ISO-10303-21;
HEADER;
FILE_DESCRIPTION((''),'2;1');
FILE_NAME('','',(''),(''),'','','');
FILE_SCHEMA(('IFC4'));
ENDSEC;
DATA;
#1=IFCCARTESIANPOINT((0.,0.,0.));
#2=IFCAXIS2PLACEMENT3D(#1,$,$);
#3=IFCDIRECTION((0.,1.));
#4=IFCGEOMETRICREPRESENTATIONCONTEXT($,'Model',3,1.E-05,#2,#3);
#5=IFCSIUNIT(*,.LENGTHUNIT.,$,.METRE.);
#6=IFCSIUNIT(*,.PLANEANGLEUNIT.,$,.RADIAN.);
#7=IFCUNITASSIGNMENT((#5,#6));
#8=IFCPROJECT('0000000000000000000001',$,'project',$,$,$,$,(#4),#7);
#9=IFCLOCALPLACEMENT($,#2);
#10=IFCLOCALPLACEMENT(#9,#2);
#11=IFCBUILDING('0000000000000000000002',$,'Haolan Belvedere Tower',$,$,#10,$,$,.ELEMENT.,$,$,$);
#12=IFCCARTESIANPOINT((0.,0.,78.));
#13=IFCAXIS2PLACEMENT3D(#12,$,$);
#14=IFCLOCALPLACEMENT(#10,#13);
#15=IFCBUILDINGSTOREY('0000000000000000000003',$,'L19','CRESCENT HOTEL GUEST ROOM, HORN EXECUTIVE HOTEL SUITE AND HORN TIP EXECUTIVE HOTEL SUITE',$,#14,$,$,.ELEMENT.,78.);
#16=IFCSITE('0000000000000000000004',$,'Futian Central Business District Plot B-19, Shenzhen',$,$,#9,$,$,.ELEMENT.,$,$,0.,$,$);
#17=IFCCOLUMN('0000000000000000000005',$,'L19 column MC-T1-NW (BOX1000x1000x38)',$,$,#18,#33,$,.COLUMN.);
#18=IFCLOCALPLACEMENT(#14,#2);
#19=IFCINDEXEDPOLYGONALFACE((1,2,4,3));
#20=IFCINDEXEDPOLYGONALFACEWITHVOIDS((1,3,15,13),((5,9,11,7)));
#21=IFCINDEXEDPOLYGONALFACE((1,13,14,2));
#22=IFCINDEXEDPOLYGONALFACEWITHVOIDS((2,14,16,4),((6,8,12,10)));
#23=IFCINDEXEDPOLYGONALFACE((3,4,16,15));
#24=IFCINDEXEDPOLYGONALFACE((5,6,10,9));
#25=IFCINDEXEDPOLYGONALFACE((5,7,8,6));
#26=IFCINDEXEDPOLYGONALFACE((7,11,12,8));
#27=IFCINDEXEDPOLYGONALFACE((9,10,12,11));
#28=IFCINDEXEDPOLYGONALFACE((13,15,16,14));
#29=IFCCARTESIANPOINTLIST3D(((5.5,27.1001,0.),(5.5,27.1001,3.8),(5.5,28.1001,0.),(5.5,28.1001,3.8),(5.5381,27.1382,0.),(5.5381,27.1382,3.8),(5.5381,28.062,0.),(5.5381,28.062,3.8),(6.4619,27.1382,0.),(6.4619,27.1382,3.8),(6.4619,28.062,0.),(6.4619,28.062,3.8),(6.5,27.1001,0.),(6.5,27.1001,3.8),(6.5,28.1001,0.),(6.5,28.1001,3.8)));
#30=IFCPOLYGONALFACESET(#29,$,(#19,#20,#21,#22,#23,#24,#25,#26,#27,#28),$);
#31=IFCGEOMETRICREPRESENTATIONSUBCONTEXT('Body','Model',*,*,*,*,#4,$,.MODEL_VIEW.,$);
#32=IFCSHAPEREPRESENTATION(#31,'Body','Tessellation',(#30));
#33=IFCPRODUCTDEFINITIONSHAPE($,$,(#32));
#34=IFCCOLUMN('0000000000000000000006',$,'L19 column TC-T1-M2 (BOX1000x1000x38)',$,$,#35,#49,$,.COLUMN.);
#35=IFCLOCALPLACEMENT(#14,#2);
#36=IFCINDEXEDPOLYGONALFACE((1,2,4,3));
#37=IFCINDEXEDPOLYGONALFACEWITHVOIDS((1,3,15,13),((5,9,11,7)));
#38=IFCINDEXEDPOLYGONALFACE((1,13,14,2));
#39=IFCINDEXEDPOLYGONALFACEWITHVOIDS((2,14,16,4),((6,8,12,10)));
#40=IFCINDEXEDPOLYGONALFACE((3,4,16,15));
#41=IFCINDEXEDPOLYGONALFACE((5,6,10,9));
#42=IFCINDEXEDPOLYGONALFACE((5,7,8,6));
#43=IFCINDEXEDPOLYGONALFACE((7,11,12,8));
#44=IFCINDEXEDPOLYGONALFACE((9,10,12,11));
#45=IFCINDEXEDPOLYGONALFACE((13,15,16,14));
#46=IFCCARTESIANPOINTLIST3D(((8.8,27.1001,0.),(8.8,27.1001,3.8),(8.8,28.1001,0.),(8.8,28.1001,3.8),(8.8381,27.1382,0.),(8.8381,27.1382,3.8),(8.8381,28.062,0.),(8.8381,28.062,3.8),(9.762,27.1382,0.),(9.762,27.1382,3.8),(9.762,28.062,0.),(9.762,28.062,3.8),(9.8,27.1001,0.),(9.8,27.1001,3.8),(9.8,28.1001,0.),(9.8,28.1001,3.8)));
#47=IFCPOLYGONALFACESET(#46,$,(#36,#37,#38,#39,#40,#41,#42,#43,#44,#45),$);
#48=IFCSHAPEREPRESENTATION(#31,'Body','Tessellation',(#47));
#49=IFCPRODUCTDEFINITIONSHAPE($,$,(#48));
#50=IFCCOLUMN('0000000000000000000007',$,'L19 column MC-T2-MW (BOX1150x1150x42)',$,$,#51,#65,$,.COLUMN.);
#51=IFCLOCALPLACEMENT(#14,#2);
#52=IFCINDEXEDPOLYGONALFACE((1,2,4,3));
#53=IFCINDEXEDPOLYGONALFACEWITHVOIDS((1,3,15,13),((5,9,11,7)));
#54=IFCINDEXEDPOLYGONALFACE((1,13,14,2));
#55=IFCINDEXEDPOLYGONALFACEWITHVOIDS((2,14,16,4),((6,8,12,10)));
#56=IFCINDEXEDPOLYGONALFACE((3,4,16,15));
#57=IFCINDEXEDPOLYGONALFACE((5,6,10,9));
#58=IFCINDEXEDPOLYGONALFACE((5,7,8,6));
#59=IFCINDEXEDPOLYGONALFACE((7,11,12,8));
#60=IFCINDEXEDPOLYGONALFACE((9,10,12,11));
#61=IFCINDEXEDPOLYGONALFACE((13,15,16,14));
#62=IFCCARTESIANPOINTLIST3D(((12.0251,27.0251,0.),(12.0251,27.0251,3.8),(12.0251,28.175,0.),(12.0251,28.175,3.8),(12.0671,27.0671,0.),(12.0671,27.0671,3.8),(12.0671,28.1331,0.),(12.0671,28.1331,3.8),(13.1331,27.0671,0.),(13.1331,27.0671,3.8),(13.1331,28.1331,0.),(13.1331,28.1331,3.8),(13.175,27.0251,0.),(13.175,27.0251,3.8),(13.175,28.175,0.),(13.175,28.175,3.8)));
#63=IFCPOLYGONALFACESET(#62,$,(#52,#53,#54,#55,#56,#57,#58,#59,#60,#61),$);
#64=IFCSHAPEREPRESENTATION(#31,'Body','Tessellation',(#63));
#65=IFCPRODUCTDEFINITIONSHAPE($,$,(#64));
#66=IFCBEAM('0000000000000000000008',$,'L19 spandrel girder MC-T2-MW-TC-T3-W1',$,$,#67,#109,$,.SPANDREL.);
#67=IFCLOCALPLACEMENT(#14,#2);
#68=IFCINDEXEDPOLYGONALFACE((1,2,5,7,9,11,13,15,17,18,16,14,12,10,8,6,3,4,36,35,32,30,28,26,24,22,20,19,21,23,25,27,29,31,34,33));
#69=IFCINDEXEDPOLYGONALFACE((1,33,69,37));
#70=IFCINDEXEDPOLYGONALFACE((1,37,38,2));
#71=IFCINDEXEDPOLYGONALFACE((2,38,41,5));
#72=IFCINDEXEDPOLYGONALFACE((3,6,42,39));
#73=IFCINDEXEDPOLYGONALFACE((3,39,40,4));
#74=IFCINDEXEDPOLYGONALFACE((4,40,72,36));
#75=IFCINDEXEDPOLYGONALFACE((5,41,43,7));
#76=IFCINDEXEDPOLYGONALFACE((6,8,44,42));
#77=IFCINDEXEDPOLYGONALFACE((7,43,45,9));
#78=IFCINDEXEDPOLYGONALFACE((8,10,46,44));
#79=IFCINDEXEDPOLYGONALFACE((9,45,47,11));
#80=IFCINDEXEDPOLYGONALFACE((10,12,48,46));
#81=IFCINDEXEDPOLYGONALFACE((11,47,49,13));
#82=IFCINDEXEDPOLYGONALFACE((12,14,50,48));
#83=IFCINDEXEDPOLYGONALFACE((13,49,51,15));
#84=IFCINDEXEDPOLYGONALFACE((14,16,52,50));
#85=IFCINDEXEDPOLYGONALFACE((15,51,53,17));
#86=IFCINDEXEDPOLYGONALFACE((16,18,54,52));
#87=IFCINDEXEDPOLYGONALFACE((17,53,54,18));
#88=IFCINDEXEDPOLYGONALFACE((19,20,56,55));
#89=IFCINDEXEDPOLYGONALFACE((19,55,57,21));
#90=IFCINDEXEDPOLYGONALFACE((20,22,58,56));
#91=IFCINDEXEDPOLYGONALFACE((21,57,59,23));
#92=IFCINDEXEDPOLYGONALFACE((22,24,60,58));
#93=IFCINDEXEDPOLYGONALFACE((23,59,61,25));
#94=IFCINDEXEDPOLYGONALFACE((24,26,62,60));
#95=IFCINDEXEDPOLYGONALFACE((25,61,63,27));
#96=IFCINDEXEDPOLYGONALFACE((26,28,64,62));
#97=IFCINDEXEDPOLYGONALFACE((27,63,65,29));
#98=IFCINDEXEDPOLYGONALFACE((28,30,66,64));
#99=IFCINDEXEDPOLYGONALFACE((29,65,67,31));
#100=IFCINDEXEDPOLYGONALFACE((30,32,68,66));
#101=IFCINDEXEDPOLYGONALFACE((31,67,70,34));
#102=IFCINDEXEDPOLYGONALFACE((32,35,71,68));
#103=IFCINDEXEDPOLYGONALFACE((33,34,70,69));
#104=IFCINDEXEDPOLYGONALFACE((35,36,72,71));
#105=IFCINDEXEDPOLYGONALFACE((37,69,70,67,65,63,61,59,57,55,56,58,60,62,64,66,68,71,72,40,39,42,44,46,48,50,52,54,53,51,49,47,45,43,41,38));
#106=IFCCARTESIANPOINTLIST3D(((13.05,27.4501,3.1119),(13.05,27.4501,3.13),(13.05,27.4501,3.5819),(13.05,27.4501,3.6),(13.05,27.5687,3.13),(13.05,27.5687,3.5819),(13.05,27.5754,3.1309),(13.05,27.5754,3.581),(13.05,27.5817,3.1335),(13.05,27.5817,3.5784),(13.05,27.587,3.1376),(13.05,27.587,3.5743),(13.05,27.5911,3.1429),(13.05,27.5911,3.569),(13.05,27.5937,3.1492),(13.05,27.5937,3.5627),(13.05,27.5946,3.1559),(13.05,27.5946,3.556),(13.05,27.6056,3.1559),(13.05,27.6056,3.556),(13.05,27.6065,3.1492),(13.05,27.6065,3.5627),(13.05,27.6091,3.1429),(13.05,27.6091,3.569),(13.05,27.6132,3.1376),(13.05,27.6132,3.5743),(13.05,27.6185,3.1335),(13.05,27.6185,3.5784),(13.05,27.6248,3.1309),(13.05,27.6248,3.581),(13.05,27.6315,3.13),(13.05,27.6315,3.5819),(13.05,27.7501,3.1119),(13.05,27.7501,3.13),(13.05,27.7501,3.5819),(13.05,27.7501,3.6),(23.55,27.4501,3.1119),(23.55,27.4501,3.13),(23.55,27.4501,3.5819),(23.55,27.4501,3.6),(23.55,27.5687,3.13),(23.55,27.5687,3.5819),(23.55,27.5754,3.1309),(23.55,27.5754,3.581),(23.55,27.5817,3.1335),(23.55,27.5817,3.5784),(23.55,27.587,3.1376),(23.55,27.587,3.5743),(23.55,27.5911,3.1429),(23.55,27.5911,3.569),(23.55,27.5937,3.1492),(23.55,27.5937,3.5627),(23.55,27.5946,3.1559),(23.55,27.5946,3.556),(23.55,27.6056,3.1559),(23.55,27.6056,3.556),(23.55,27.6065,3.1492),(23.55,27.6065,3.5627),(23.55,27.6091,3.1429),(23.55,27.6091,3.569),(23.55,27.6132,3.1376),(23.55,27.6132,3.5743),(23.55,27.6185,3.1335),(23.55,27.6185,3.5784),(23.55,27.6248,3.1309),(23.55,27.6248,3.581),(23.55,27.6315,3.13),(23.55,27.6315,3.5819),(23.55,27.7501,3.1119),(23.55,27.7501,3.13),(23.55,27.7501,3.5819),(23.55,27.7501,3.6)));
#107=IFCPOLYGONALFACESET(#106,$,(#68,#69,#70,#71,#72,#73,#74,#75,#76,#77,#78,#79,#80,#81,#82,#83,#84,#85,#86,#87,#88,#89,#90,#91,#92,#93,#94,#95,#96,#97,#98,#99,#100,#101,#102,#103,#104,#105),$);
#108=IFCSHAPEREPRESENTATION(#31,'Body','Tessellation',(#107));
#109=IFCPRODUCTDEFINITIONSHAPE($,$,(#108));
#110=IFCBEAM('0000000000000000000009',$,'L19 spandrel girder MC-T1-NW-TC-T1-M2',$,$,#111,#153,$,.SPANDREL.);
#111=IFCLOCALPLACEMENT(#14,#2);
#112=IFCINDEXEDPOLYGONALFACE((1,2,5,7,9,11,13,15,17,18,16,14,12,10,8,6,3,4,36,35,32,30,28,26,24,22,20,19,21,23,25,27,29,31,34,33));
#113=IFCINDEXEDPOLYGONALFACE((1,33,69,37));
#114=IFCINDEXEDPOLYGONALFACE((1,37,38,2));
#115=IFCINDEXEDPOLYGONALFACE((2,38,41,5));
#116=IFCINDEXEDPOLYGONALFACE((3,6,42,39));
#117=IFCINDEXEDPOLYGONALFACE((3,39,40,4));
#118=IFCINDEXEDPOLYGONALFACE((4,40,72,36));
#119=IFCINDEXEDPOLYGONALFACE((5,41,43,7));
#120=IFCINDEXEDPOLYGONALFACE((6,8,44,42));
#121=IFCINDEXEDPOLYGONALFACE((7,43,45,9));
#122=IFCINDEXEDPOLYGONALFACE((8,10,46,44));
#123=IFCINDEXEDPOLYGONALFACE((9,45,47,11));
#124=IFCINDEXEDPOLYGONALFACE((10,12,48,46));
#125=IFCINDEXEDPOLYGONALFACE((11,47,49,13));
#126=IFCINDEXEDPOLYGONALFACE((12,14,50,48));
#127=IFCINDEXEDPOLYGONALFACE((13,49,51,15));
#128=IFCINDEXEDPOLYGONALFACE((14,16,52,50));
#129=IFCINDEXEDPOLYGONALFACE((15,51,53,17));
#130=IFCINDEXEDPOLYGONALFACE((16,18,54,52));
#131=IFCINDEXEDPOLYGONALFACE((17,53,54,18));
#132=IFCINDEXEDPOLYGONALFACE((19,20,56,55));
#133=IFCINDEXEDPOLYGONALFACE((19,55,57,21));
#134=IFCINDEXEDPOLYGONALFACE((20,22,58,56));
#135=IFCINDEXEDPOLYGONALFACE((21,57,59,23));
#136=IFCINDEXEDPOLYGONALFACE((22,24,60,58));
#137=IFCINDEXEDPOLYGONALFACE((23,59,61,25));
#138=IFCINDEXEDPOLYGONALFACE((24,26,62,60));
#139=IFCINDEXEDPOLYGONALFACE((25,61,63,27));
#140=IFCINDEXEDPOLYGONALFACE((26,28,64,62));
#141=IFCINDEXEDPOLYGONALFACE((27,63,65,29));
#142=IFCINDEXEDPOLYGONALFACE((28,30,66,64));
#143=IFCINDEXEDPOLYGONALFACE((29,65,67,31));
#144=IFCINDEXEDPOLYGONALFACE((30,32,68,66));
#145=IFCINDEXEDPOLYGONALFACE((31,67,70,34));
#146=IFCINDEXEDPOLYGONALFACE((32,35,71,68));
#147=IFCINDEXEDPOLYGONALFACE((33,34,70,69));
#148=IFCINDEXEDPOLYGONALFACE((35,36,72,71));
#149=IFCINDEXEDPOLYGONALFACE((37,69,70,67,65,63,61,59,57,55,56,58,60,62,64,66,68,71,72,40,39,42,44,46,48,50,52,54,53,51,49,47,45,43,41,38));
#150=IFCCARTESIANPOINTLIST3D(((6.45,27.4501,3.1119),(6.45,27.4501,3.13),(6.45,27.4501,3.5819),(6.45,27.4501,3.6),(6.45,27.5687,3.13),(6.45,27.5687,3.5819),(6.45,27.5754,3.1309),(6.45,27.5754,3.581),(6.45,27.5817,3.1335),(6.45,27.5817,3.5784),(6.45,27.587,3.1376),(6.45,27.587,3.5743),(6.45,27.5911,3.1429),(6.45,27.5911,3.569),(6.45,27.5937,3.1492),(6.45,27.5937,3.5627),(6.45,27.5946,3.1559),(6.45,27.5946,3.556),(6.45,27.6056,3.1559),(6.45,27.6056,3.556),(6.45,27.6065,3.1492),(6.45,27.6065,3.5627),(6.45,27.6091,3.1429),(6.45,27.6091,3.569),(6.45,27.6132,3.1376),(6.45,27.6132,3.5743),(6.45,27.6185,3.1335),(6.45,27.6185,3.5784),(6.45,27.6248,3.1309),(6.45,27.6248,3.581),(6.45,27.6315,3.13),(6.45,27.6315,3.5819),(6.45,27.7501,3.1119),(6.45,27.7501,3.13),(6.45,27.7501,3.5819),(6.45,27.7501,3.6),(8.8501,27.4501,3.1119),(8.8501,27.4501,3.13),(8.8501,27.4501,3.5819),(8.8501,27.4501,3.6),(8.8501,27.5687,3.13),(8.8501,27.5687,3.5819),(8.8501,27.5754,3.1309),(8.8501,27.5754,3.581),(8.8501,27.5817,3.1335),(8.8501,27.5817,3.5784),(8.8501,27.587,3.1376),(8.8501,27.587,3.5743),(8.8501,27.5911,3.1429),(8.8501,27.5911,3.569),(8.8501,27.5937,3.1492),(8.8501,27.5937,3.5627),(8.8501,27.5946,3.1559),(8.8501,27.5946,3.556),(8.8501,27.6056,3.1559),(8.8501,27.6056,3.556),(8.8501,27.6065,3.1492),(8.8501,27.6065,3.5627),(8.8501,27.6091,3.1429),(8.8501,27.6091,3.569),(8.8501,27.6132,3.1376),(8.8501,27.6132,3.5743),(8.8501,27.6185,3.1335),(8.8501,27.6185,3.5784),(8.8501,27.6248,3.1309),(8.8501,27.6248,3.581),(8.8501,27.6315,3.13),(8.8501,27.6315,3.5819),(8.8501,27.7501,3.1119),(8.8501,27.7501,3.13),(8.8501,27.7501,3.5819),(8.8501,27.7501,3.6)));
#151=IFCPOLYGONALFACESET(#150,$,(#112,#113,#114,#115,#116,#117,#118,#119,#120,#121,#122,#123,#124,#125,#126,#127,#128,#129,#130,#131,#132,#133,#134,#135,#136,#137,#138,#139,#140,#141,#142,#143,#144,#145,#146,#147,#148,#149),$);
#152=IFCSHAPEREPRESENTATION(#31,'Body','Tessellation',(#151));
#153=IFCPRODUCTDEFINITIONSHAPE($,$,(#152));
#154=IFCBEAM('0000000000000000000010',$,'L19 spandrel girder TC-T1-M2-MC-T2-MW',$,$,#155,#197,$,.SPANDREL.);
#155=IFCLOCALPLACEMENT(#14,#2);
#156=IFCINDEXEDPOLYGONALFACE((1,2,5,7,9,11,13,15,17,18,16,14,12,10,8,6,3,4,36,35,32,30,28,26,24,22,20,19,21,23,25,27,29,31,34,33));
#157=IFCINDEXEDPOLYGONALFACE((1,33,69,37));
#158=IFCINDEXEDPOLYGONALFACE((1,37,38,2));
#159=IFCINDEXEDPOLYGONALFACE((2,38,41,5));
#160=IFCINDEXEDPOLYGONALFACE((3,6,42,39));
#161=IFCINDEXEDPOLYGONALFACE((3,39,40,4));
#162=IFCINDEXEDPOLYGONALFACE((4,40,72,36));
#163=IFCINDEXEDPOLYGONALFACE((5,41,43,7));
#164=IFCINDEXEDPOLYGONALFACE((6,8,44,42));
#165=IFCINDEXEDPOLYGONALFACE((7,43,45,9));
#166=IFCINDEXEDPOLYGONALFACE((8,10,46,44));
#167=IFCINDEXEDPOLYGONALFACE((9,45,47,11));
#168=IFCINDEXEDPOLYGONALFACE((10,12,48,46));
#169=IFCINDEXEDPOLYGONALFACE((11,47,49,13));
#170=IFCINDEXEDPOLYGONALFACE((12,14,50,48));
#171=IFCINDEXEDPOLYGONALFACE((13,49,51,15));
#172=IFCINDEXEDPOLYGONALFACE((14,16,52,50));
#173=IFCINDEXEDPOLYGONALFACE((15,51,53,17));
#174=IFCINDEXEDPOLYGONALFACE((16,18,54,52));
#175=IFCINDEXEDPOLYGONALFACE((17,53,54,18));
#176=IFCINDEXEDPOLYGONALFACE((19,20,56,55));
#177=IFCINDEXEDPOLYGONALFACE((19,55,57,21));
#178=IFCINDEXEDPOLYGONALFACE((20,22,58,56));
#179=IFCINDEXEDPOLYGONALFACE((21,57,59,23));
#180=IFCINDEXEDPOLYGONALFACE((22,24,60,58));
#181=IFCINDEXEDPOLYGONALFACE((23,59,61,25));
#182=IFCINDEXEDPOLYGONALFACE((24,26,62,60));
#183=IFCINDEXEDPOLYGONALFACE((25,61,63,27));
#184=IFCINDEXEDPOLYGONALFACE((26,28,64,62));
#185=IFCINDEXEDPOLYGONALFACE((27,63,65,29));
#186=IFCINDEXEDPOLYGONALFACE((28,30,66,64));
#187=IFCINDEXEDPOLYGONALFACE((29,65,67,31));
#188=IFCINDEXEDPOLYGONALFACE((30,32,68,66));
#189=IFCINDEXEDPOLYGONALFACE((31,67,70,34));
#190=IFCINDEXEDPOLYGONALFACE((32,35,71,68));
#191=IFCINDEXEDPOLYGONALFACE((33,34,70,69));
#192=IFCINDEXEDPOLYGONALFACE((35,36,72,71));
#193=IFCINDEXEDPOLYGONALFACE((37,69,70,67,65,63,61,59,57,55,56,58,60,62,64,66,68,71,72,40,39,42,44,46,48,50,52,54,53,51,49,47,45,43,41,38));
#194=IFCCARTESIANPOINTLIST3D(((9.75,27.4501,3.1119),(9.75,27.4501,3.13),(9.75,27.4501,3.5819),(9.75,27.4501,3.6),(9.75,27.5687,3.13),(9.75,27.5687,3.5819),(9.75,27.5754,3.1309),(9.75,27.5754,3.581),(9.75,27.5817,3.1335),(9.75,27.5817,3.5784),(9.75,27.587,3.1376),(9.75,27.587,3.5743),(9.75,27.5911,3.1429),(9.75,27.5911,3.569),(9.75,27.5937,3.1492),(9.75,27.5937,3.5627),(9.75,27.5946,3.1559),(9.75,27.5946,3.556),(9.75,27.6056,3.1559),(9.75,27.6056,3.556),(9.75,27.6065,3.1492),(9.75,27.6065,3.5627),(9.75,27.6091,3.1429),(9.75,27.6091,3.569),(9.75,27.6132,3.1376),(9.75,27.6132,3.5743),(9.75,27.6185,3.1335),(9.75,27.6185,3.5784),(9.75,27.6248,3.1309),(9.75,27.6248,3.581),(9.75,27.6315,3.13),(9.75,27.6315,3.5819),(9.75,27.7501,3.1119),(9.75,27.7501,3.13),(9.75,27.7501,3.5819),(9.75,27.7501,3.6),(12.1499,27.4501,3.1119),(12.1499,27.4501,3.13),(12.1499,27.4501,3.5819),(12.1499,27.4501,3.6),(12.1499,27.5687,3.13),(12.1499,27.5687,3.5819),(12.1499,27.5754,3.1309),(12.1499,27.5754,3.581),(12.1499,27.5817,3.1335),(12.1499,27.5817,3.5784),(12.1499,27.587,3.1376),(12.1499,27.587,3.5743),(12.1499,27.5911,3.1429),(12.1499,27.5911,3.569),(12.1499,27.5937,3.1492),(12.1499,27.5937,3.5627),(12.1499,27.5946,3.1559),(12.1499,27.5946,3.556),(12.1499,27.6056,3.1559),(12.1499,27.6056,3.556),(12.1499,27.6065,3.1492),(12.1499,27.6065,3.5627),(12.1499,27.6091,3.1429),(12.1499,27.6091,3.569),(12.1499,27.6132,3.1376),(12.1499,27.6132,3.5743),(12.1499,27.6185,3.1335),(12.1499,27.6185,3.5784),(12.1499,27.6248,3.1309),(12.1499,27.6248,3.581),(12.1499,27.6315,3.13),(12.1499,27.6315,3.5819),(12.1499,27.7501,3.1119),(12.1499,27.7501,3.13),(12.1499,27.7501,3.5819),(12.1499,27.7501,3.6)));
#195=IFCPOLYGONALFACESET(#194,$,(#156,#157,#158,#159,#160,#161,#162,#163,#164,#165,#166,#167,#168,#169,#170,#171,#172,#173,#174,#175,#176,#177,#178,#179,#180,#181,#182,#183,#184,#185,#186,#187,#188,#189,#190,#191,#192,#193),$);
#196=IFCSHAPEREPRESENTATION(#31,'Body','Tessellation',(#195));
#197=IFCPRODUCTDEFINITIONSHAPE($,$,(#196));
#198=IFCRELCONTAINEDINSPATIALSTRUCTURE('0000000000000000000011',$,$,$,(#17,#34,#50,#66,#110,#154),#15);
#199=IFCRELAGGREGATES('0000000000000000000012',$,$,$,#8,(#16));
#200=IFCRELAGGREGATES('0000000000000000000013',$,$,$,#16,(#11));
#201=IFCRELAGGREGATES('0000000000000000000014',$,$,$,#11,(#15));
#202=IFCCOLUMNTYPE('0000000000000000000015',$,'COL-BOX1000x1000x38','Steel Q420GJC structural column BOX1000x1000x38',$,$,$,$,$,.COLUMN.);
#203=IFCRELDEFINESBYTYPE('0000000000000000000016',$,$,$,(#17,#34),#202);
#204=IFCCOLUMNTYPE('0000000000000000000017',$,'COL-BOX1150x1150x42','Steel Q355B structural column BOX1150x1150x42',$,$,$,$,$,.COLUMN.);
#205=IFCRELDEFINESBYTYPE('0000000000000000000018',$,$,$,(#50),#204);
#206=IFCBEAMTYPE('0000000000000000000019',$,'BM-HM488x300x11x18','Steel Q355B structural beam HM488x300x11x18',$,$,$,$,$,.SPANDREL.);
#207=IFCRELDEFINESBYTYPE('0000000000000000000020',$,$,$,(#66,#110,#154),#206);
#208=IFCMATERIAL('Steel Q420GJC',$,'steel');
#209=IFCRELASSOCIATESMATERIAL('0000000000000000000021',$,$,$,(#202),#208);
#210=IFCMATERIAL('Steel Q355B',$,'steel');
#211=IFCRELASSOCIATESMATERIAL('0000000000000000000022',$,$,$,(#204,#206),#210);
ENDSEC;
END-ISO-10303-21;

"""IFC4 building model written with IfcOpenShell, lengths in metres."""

from ifc_helpers import new_model, si_unit, direction, frame, origin, origin_2d, place, context, subcontext, project, spatial, hollow_rectangle, i_section, extrude, material, material_profile, profile_set, type_object, element, save


model = new_model("IFC4")

# Units and contexts
model_context = context("Model", 3, precision=1e-05, world=origin(), true_north=direction((0.0, 1.0)))
body_context = subcontext(model_context, "Body", "Model", "MODEL_VIEW")
ifc_project = project(units=[si_unit("LENGTHUNIT", "METRE"), si_unit("PLANEANGLEUNIT", "RADIAN")], contexts=[model_context])

# Site, building, storey
site_placement = place(None, origin())
site = spatial("IfcSite", under=ifc_project, at=site_placement, Name="Futian Central Business District Plot B-19, Shenzhen", CompositionType="ELEMENT", RefElevation=0.0)
building_placement = place(site_placement, origin())
building = spatial("IfcBuilding", under=site, at=building_placement, Name="Haolan Belvedere Tower", CompositionType="ELEMENT")
storey_placement = place(building_placement, frame((0.0, 0.0, 78.0)))
storey = spatial("IfcBuildingStorey", under=building, at=storey_placement, Name="L19", Description="CRESCENT HOTEL GUEST ROOM, HORN EXECUTIVE HOTEL SUITE AND HORN TIP EXECUTIVE HOTEL SUITE", CompositionType="ELEMENT", Elevation=78.0)

# Columns
ifc_material_1 = material(Name="Steel Q420GJC", Category="steel")
ifc_material_profile_1 = material_profile(ifc_material_1, hollow_rectangle(XDim=1.0, YDim=1.0, WallThickness=0.0381, at=origin_2d()), Name="Steel Q420GJC")
ifc_profile_set_1 = profile_set([ifc_material_profile_1], Name="Steel Q420GJC")
column_type_1 = type_object("IfcColumnType", Name="COL-BOX1000x1000x38", Description="Steel Q420GJC structural column BOX1000x1000x38", PredefinedType="COLUMN", material=ifc_profile_set_1)
for number, where, z_axis, x_axis, name in (
    (1, (6.0, 27.6001, 0.0), (0.0, 0.0, 1.0), (1.0, 0.0, 0.0), "L19 column MC-T1-NW (BOX1000x1000x38)"),
    (2, (9.3, 27.6001, 0.0), (0.0, 0.0, 1.0), (1.0, 0.0, 0.0), "L19 column TC-T1-M2 (BOX1000x1000x38)"),
):
    element("IfcColumn", number, at=place(storey_placement, frame(where, z_axis=z_axis, x_axis=x_axis)), inside=storey, type_object=column_type_1, Name=name, PredefinedType="COLUMN", context=body_context, shape_type="SweptSolid", body=[
        extrude(hollow_rectangle(XDim=1.0, YDim=1.0, WallThickness=0.0381, at=origin_2d()), origin(), (0.0, 0.0, 1.0), 3.8),
    ])
ifc_material_2 = material(Name="Steel Q355B", Category="steel")
ifc_material_profile_2 = material_profile(ifc_material_2, hollow_rectangle(XDim=1.1499, YDim=1.1499, WallThickness=0.042, at=origin_2d()), Name="Steel Q355B")
ifc_profile_set_2 = profile_set([ifc_material_profile_2], Name="Steel Q355B")
column_type_2 = type_object("IfcColumnType", Name="COL-BOX1150x1150x42", Description="Steel Q355B structural column BOX1150x1150x42", PredefinedType="COLUMN", material=ifc_profile_set_2)
column_placement = place(storey_placement, frame((12.6001, 27.6001, 0.0), z_axis=(0.0, 0.0, 1.0), x_axis=(1.0, 0.0, 0.0)))
element("IfcColumn", 3, at=column_placement, inside=storey, type_object=column_type_2, Name="L19 column MC-T2-MW (BOX1150x1150x42)", PredefinedType="COLUMN", context=body_context, shape_type="SweptSolid", body=[
    extrude(hollow_rectangle(XDim=1.1499, YDim=1.1499, WallThickness=0.042, at=origin_2d()), origin(), (0.0, 0.0, 1.0), 3.8),
])

# Beams
ifc_material_profile_3 = material_profile(ifc_material_2, i_section(OverallWidth=0.3, OverallDepth=0.488, WebThickness=0.011, FlangeThickness=0.0181, FilletRadius=0.0259, at=origin_2d()), Name="Steel Q355B")
ifc_profile_set_3 = profile_set([ifc_material_profile_3], Name="Steel Q355B")
beam_type_1 = type_object("IfcBeamType", Name="BM-HM488x300x11x18", Description="Steel Q355B structural beam HM488x300x11x18", PredefinedType="SPANDREL", material=ifc_profile_set_3)
beam_1_placement = place(storey_placement, frame((13.05, 27.6001, 3.356), z_axis=(1.0, 0.0, 0.0), x_axis=(0.0, 1.0, 0.0)))
element("IfcBeam", 4, at=beam_1_placement, inside=storey, type_object=beam_type_1, Name="L19 spandrel girder MC-T2-MW-TC-T3-W1", PredefinedType="SPANDREL", context=body_context, shape_type="SweptSolid", body=[
    extrude(i_section(OverallWidth=0.3, OverallDepth=0.488, WebThickness=0.011, FlangeThickness=0.0181, FilletRadius=0.0259, at=origin_2d()), origin(), (0.0, 0.0, 1.0), 10.5),
])
beam_2_placement = place(storey_placement, frame((6.45, 27.6001, 3.356), z_axis=(1.0, 0.0, 0.0), x_axis=(0.0, 1.0, 0.0)))
element("IfcBeam", 5, at=beam_2_placement, inside=storey, type_object=beam_type_1, Name="L19 spandrel girder MC-T1-NW-TC-T1-M2", PredefinedType="SPANDREL", context=body_context, shape_type="SweptSolid", body=[
    extrude(i_section(OverallWidth=0.3, OverallDepth=0.488, WebThickness=0.011, FlangeThickness=0.0181, FilletRadius=0.0259, at=origin_2d()), origin(), (0.0, 0.0, 1.0), 2.4001),
])
beam_3_placement = place(storey_placement, frame((9.75, 27.6001, 3.356), z_axis=(1.0, 0.0, 0.0), x_axis=(0.0, 1.0, 0.0)))
element("IfcBeam", 6, at=beam_3_placement, inside=storey, type_object=beam_type_1, Name="L19 spandrel girder TC-T1-M2-MC-T2-MW", PredefinedType="SPANDREL", context=body_context, shape_type="SweptSolid", body=[
    extrude(i_section(OverallWidth=0.3, OverallDepth=0.488, WebThickness=0.011, FlangeThickness=0.0181, FilletRadius=0.0259, at=origin_2d()), origin(), (0.0, 0.0, 1.0), 2.3999),
])

save(model, "model.ifc")
